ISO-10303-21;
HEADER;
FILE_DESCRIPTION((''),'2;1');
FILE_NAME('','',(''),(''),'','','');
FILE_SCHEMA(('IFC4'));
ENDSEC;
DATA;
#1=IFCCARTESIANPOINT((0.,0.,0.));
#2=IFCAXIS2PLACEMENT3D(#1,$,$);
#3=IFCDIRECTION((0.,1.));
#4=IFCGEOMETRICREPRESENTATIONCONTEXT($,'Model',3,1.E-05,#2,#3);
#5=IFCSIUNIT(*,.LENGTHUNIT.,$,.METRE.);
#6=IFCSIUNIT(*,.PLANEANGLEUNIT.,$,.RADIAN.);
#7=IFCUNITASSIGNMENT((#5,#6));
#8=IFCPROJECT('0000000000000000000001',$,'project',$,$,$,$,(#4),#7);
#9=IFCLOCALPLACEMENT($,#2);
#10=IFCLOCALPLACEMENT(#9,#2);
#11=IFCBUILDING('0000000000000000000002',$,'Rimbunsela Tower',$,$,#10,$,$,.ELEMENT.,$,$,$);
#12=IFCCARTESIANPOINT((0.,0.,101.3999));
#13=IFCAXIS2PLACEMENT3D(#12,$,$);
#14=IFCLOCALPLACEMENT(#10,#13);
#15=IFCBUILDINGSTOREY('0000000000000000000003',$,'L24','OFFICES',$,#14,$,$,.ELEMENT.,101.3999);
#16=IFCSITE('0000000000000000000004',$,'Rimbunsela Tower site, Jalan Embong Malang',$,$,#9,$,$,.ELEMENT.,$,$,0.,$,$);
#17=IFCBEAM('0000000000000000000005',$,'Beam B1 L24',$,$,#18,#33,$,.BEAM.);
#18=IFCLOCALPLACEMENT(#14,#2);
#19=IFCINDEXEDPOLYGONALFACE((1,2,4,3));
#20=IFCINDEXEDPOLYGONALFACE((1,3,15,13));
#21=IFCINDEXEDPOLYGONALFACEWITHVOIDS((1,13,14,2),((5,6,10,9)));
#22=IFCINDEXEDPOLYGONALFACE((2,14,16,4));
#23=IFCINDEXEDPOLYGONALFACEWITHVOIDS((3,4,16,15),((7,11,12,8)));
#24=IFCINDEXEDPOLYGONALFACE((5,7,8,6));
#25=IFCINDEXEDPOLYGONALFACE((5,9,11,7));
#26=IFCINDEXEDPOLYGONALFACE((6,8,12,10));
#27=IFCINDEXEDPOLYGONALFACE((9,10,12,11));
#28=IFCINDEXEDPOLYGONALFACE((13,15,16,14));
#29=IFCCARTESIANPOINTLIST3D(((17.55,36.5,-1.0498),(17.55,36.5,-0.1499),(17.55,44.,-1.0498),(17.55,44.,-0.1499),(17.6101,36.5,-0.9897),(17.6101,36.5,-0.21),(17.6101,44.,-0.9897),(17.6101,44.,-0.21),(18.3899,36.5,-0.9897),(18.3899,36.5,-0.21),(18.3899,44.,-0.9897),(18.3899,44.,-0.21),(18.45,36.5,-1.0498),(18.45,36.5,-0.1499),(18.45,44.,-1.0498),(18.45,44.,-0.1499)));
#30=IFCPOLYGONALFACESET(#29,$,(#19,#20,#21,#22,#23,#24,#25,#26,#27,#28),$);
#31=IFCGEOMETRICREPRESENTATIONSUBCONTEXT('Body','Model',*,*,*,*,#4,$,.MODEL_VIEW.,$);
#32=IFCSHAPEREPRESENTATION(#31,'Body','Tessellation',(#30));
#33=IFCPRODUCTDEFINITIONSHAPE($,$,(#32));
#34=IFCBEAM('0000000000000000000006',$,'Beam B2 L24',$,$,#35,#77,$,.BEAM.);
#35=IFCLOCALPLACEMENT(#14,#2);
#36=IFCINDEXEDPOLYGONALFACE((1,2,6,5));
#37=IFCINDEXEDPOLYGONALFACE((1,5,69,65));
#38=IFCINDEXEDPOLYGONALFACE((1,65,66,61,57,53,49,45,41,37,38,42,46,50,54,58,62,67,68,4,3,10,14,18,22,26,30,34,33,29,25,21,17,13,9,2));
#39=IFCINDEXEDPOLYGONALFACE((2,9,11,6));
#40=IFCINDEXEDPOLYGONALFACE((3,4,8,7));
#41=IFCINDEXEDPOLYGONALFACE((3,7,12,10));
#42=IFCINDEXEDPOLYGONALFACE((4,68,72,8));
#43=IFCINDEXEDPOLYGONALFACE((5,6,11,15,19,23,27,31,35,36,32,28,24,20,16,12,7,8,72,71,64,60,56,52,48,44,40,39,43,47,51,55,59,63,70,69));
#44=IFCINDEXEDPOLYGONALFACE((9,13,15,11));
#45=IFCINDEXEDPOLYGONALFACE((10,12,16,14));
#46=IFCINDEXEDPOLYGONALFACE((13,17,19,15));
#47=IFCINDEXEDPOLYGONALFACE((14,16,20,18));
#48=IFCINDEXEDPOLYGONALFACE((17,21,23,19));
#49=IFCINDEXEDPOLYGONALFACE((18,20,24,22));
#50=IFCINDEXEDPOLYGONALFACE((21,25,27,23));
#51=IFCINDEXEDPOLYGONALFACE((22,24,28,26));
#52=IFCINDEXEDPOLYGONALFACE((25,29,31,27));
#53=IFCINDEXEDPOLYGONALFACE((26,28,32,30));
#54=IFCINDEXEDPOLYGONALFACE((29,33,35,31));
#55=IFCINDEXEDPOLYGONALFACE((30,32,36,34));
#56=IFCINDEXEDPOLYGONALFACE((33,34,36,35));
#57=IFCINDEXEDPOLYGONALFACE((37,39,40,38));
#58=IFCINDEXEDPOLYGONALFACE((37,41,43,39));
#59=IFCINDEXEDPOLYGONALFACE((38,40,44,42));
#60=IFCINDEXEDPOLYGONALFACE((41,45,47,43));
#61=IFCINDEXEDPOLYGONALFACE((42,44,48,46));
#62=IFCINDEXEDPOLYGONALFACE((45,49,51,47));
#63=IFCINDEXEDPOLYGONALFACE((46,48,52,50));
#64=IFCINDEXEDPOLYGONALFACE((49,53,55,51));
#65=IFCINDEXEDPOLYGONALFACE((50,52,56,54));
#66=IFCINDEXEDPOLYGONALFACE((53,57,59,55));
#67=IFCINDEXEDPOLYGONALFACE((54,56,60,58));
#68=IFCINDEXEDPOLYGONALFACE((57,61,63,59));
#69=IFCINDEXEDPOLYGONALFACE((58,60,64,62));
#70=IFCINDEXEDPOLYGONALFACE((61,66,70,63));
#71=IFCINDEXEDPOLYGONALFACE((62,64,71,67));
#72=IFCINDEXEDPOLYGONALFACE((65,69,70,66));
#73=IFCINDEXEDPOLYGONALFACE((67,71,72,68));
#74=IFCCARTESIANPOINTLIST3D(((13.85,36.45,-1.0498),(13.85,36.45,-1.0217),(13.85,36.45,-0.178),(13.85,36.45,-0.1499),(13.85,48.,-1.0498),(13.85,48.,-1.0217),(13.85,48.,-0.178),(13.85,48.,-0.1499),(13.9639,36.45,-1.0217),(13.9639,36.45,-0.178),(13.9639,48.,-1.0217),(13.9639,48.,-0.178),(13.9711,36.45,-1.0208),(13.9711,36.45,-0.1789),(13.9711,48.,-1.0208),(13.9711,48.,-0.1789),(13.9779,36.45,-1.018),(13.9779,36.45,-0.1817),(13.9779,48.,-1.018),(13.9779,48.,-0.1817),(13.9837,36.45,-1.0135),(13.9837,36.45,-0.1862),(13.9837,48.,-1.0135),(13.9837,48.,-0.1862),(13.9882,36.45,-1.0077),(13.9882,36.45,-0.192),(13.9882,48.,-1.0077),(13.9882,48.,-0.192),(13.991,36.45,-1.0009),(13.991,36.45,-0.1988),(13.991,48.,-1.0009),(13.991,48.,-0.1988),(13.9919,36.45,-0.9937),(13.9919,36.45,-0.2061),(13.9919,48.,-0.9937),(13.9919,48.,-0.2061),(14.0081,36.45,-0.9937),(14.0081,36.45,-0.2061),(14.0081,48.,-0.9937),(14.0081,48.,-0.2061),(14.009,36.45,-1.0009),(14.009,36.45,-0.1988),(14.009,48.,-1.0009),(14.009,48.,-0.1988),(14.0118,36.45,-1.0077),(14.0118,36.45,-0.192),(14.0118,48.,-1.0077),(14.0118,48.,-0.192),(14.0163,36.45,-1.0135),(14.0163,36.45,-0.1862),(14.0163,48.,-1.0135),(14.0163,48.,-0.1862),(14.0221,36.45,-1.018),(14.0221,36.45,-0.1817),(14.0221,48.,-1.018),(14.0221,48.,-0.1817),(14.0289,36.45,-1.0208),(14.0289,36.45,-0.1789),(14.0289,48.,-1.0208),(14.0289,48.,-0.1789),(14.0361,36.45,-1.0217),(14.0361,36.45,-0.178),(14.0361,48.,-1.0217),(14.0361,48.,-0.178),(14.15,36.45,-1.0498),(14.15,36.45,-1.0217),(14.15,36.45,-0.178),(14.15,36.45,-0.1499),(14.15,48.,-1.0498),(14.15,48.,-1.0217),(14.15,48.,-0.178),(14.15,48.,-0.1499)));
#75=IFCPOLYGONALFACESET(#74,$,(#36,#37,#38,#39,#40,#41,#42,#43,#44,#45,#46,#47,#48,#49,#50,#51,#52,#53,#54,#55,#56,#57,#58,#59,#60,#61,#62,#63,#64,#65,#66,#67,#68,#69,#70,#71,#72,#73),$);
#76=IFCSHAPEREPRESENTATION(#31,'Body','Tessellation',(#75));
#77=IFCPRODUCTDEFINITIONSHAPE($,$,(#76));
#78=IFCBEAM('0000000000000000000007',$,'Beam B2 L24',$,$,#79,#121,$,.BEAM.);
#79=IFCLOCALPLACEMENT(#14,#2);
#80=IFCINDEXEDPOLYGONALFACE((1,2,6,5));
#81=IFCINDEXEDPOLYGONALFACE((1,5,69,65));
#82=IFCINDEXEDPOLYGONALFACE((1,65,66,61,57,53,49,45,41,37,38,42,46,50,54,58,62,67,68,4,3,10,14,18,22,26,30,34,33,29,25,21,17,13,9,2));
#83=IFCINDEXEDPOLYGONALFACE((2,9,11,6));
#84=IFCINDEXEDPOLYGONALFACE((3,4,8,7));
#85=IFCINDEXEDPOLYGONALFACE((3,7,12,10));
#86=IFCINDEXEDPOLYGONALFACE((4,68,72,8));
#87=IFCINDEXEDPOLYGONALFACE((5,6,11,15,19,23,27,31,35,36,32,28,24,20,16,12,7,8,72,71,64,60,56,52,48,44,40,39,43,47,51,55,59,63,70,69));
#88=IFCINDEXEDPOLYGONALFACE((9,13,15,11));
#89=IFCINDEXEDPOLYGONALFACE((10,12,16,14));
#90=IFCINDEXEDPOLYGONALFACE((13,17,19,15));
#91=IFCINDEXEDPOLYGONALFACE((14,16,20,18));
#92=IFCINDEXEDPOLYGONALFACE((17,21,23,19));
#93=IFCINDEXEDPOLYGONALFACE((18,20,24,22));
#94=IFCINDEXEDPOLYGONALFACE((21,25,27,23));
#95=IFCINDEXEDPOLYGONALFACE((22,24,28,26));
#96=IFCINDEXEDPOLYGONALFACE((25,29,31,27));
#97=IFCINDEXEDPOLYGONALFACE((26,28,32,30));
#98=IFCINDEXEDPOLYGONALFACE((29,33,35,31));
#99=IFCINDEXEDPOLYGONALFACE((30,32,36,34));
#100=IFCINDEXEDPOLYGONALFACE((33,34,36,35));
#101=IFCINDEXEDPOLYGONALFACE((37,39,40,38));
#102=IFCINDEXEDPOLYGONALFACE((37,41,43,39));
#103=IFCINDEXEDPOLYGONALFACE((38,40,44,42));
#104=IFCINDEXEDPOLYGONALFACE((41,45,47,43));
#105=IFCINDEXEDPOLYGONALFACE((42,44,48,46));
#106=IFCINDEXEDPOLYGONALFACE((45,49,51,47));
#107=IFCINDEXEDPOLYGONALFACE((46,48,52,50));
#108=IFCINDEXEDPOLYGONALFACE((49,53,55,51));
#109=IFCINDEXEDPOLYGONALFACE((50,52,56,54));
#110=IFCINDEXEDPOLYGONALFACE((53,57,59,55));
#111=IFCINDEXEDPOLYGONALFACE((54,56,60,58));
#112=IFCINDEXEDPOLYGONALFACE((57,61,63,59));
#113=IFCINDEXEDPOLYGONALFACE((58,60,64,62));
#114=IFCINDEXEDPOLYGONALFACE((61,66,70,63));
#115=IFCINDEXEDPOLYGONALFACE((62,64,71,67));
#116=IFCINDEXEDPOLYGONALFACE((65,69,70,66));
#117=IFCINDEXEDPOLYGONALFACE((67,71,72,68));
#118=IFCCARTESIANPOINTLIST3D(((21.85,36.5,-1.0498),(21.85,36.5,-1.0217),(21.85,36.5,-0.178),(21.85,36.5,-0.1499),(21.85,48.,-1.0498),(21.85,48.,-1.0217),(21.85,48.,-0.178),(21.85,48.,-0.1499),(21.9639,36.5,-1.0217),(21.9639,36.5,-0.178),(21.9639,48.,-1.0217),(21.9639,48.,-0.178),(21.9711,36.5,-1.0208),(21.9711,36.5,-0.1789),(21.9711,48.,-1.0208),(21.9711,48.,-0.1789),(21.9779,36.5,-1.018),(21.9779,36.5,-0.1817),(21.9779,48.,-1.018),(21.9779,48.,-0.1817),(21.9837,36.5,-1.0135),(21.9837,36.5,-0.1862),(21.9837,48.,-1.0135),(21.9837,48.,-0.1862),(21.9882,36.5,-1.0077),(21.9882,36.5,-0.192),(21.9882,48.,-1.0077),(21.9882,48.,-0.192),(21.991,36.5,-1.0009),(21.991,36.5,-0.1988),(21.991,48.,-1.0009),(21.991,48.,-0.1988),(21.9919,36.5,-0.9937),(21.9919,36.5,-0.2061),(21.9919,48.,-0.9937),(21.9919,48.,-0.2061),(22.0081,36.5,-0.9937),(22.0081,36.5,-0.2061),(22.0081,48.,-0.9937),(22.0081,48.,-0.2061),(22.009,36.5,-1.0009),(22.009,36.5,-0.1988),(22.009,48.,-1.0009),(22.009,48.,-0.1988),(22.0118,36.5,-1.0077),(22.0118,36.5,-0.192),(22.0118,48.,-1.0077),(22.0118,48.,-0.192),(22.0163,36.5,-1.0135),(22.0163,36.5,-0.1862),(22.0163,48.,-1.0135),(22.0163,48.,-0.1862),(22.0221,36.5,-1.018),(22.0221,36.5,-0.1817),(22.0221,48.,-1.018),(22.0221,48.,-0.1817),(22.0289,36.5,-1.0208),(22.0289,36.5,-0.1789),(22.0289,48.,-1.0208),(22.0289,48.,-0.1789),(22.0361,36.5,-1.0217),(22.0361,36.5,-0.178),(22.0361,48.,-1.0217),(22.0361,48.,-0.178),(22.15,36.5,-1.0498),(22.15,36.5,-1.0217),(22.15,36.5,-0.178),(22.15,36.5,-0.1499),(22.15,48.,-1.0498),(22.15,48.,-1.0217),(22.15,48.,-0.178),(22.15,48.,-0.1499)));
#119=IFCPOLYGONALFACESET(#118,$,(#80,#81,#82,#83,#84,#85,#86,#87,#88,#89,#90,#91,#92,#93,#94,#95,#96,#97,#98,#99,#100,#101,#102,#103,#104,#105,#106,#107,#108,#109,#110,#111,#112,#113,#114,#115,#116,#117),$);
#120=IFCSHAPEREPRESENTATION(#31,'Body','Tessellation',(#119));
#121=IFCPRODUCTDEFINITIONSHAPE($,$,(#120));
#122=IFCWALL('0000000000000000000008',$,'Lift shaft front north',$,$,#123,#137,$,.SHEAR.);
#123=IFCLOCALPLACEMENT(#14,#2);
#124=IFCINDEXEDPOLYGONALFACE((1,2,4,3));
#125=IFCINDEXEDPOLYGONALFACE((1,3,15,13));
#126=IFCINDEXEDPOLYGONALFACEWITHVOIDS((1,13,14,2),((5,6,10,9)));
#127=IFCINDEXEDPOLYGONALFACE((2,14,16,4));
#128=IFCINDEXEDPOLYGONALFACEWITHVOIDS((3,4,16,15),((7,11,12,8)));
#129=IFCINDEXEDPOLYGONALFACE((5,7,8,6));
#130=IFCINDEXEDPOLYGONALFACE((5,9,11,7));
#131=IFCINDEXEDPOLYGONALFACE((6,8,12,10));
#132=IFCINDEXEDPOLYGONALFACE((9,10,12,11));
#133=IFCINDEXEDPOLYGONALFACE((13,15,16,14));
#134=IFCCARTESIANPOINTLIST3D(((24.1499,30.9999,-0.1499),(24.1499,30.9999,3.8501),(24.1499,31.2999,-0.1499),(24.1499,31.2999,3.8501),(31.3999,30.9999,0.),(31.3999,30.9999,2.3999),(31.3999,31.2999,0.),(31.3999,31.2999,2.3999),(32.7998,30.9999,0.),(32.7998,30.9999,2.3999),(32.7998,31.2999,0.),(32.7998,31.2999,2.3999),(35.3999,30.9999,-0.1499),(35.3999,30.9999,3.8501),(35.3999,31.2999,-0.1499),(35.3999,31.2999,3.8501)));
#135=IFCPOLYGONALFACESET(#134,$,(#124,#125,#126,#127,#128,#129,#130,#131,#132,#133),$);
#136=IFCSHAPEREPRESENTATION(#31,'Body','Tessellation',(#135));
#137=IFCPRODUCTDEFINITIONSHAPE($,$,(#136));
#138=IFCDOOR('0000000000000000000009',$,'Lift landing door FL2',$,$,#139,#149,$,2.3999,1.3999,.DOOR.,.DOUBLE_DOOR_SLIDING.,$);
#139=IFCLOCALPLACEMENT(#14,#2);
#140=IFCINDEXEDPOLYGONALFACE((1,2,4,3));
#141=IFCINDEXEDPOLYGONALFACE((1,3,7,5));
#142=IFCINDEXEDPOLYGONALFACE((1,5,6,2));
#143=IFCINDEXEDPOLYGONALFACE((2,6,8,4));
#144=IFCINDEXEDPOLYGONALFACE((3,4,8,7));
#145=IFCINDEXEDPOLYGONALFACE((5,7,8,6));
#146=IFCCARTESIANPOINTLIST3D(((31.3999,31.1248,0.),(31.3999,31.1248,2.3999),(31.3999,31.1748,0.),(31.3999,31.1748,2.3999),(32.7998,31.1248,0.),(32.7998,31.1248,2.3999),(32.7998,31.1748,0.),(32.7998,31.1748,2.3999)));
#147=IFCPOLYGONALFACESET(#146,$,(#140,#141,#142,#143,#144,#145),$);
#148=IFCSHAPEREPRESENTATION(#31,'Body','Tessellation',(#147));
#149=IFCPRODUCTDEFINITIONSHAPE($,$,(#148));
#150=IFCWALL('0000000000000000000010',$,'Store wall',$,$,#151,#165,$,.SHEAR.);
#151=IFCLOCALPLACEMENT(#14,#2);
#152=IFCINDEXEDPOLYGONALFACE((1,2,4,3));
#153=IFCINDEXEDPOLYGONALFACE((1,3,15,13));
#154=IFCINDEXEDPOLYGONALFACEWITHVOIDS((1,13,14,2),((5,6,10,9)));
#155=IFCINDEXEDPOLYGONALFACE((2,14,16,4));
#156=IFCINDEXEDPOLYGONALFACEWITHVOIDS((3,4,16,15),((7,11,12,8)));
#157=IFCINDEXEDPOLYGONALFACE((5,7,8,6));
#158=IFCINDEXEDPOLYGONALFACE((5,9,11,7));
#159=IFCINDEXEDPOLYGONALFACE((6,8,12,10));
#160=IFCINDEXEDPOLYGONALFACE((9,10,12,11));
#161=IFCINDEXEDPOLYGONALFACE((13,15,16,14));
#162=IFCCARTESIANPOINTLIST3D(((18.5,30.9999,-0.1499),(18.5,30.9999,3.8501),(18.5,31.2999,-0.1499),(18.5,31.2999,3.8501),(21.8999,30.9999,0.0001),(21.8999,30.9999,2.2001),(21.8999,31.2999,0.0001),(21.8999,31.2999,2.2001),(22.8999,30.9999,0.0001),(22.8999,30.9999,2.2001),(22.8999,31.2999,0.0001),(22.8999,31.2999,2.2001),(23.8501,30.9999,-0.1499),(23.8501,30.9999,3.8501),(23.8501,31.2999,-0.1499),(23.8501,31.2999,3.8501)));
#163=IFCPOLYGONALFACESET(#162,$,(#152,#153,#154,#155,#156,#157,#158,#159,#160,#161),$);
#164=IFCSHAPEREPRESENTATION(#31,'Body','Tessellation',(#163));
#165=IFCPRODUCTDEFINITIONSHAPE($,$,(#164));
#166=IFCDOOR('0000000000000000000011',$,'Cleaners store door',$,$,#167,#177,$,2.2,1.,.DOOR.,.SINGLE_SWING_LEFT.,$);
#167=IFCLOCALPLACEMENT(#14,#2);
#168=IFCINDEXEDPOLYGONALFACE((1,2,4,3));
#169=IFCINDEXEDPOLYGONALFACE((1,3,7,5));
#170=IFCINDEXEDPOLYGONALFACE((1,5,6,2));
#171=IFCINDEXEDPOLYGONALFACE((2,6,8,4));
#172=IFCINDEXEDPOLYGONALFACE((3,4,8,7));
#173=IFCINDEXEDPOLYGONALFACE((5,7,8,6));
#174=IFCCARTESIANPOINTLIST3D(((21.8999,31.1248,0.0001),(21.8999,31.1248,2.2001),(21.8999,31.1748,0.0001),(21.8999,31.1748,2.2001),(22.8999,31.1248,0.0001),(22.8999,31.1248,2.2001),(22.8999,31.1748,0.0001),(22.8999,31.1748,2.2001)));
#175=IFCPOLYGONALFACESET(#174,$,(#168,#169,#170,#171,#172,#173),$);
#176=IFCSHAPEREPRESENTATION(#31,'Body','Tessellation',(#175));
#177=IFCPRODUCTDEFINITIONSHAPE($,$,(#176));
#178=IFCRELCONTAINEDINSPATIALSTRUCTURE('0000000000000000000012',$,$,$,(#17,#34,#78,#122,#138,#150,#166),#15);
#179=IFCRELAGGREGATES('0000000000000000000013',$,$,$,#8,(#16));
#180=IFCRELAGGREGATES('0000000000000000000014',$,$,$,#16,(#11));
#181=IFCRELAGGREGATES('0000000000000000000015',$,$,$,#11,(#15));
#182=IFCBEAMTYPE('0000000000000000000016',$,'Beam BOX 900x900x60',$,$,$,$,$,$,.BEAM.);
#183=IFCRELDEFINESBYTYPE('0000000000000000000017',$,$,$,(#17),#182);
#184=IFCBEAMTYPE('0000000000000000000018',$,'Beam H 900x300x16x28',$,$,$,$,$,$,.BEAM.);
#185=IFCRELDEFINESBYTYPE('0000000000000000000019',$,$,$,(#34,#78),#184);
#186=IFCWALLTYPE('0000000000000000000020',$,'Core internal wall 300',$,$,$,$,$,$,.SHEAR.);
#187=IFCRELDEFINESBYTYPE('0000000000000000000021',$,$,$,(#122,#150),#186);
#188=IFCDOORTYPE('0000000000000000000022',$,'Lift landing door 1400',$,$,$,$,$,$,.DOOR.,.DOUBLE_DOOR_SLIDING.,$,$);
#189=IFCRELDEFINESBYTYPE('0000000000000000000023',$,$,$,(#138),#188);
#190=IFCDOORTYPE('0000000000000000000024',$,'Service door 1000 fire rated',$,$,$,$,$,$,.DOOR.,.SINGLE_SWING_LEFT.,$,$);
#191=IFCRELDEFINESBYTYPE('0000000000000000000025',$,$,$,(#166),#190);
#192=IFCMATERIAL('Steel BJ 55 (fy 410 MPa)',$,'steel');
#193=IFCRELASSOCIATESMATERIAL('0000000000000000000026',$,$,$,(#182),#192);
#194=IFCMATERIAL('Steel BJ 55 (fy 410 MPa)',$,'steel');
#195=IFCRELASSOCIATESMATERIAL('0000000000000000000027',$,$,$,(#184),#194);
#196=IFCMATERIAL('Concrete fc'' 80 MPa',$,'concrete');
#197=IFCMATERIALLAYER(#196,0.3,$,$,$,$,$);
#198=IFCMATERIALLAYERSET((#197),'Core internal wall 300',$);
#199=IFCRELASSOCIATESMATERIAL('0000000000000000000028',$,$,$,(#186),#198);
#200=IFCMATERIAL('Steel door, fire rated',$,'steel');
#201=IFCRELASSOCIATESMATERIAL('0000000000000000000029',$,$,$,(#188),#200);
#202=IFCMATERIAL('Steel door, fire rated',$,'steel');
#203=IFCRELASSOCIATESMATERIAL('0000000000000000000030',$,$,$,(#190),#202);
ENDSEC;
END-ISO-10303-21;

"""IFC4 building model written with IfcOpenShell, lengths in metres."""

from ifc_helpers import new_model, si_unit, direction, frame, frame_2d, origin, origin_2d, place, context, subcontext, project, spatial, rectangle, hollow_rectangle, i_section, extrude, material, layer, layer_set, material_profile, profile_set, type_object, element, fill, save


model = new_model("IFC4")

# Units and contexts
model_context = context("Model", 3, precision=1e-05, world=origin(), true_north=direction((0.0, 1.0)))
body_context = subcontext(model_context, "Body", "Model", "MODEL_VIEW")
ifc_project = project(units=[si_unit("LENGTHUNIT", "METRE"), si_unit("PLANEANGLEUNIT", "RADIAN")], contexts=[model_context])

# Site, building, storey
site_placement = place(None, origin())
site = spatial("IfcSite", under=ifc_project, at=site_placement, Name="Rimbunsela Tower site, Jalan Embong Malang", CompositionType="ELEMENT", RefElevation=0.0)
building_placement = place(site_placement, origin())
building = spatial("IfcBuilding", under=site, at=building_placement, Name="Rimbunsela Tower", CompositionType="ELEMENT")
storey_placement = place(building_placement, frame((0.0, 0.0, 101.3999)))
storey = spatial("IfcBuildingStorey", under=building, at=storey_placement, Name="L24", Description="OFFICES", CompositionType="ELEMENT", Elevation=101.3999)

# Beams
ifc_material_1 = material(Name="Steel BJ 55 (fy 410 MPa)", Category="steel")
ifc_material_profile_1 = material_profile(ifc_material_1, hollow_rectangle(XDim=0.8999, YDim=0.8999, WallThickness=0.0601, at=origin_2d()), Name="BOX 900x900x60")
ifc_profile_set_1 = profile_set([ifc_material_profile_1], Name="Steel BJ 55 (fy 410 MPa)")
beam_type_1 = type_object("IfcBeamType", Name="Beam BOX 900x900x60", PredefinedType="BEAM", material=ifc_profile_set_1)
beam_1_placement = place(storey_placement, frame((18.0, 36.5, -0.5999), z_axis=(0.0, 1.0, 0.0), x_axis=(-1.0, 0.0, 0.0)))
element("IfcBeam", 1, at=beam_1_placement, inside=storey, type_object=beam_type_1, Name="Beam B1 L24", PredefinedType="BEAM", context=body_context, shape_type="SweptSolid", body=[
    extrude(hollow_rectangle(XDim=0.8999, YDim=0.8999, WallThickness=0.0601, at=origin_2d()), origin(), (0.0, 0.0, 1.0), 7.5),
])
ifc_material_2 = material(Name="Steel BJ 55 (fy 410 MPa)", Category="steel")
ifc_material_profile_2 = material_profile(ifc_material_2, i_section(OverallWidth=0.3, OverallDepth=0.8999, WebThickness=0.0161, FlangeThickness=0.0281, FilletRadius=0.0281, at=origin_2d()), Name="H 900x300x16x28")
ifc_profile_set_2 = profile_set([ifc_material_profile_2], Name="Steel BJ 55 (fy 410 MPa)")
beam_type_2 = type_object("IfcBeamType", Name="Beam H 900x300x16x28", PredefinedType="BEAM", material=ifc_profile_set_2)
beam_2_placement = place(storey_placement, frame((14.0, 36.45, -0.5999), z_axis=(0.0, 1.0, 0.0), x_axis=(-1.0, 0.0, 0.0)))
element("IfcBeam", 2, at=beam_2_placement, inside=storey, type_object=beam_type_2, Name="Beam B2 L24", PredefinedType="BEAM", context=body_context, shape_type="SweptSolid", body=[
    extrude(i_section(OverallWidth=0.3, OverallDepth=0.8999, WebThickness=0.0161, FlangeThickness=0.0281, FilletRadius=0.0281, at=origin_2d()), origin(), (0.0, 0.0, 1.0), 11.55),
])
beam_3_placement = place(storey_placement, frame((22.0, 36.5, -0.5999), z_axis=(0.0, 1.0, 0.0), x_axis=(-1.0, 0.0, 0.0)))
element("IfcBeam", 3, at=beam_3_placement, inside=storey, type_object=beam_type_2, Name="Beam B2 L24", PredefinedType="BEAM", context=body_context, shape_type="SweptSolid", body=[
    extrude(i_section(OverallWidth=0.3, OverallDepth=0.8999, WebThickness=0.0161, FlangeThickness=0.0281, FilletRadius=0.0281, at=origin_2d()), origin(), (0.0, 0.0, 1.0), 11.5),
])

# Walls, openings, doors
ifc_material_3 = material(Name="Concrete fc' 80 MPa", Category="concrete")
ifc_layer_1 = layer(ifc_material_3, 0.3)
ifc_layer_set_1 = layer_set([ifc_layer_1], Name="Core internal wall 300")
wall_type_1 = type_object("IfcWallType", Name="Core internal wall 300", PredefinedType="SHEAR", material=ifc_layer_set_1)
wall_1_placement = place(storey_placement, frame((24.1499, 31.1499, -0.1499), z_axis=(0.0, 0.0, 1.0), x_axis=(1.0, 0.0, 0.0)))
wall_1 = element("IfcWall", 4, at=wall_1_placement, inside=storey, type_object=wall_type_1, Name="Lift shaft front north", PredefinedType="SHEAR", context=body_context, shape_type="SweptSolid", body=[
    extrude(rectangle(XDim=11.25, YDim=0.3, at=frame_2d((5.625, 0.0))), origin(), (0.0, 0.0, 1.0), 4.0),
])
opening_1_placement = place(wall_1_placement, frame((7.25, 0.0, 0.1499)))
opening_1 = element("IfcOpeningElement", 5, at=opening_1_placement, cuts=wall_1, PredefinedType="OPENING", context=body_context, shape_type="SweptSolid", body=[
    extrude(rectangle(XDim=1.3999, YDim=2.3999, at=frame_2d((0.7, 1.2))), frame((0.0, 0.1599, 0.0), z_axis=(0.0, -1.0, 0.0), x_axis=(1.0, 0.0, 0.0)), (0.0, 0.0, 1.0), 0.3201),
])
ifc_material_4 = material(Name="Steel door, fire rated", Category="steel")
door_type_1 = type_object("IfcDoorType", Name="Lift landing door 1400", OperationType="DOUBLE_DOOR_SLIDING", PredefinedType="DOOR", material=ifc_material_4)
door_1_placement = place(opening_1_placement, origin())
door_1 = element("IfcDoor", 6, at=door_1_placement, inside=storey, type_object=door_type_1, Name="Lift landing door FL2", OperationType="DOUBLE_DOOR_SLIDING", OverallHeight=2.3999, OverallWidth=1.3999, PredefinedType="DOOR", context=body_context, shape_type="SweptSolid", body=[
    extrude(rectangle(XDim=1.3999, YDim=2.3999, at=frame_2d((0.7, 1.2))), frame((0.0, 0.0249, 0.0), z_axis=(0.0, -1.0, 0.0), x_axis=(1.0, 0.0, 0.0)), (0.0, 0.0, 1.0), 0.05),
])
fill(opening_1, door_1)
wall_2_placement = place(storey_placement, frame((18.5, 31.1499, -0.1499), z_axis=(0.0, 0.0, 1.0), x_axis=(1.0, 0.0, 0.0)))
wall_2 = element("IfcWall", 7, at=wall_2_placement, inside=storey, type_object=wall_type_1, Name="Store wall", PredefinedType="SHEAR", context=body_context, shape_type="SweptSolid", body=[
    extrude(rectangle(XDim=5.3501, YDim=0.3, at=frame_2d((2.675, 0.0))), origin(), (0.0, 0.0, 1.0), 4.0),
])
opening_2_placement = place(wall_2_placement, frame((3.3999, 0.0, 0.1499)))
opening_2 = element("IfcOpeningElement", 8, at=opening_2_placement, cuts=wall_2, PredefinedType="OPENING", context=body_context, shape_type="SweptSolid", body=[
    extrude(rectangle(XDim=1.0, YDim=2.2, at=frame_2d((0.5, 1.1001))), frame((0.0, 0.1599, 0.0), z_axis=(0.0, -1.0, 0.0), x_axis=(1.0, 0.0, 0.0)), (0.0, 0.0, 1.0), 0.3201),
])
ifc_material_5 = material(Name="Steel door, fire rated", Category="steel")
door_type_2 = type_object("IfcDoorType", Name="Service door 1000 fire rated", OperationType="SINGLE_SWING_LEFT", PredefinedType="DOOR", material=ifc_material_5)
door_2_placement = place(opening_2_placement, origin())
door_2 = element("IfcDoor", 9, at=door_2_placement, inside=storey, type_object=door_type_2, Name="Cleaners store door", OperationType="SINGLE_SWING_LEFT", OverallHeight=2.2, OverallWidth=1.0, PredefinedType="DOOR", context=body_context, shape_type="SweptSolid", body=[
    extrude(rectangle(XDim=1.0, YDim=2.2, at=frame_2d((0.5, 1.1001))), frame((0.0, 0.0249, 0.0), z_axis=(0.0, -1.0, 0.0), x_axis=(1.0, 0.0, 0.0)), (0.0, 0.0, 1.0), 0.05),
])
fill(opening_2, door_2)

save(model, "model.ifc")
